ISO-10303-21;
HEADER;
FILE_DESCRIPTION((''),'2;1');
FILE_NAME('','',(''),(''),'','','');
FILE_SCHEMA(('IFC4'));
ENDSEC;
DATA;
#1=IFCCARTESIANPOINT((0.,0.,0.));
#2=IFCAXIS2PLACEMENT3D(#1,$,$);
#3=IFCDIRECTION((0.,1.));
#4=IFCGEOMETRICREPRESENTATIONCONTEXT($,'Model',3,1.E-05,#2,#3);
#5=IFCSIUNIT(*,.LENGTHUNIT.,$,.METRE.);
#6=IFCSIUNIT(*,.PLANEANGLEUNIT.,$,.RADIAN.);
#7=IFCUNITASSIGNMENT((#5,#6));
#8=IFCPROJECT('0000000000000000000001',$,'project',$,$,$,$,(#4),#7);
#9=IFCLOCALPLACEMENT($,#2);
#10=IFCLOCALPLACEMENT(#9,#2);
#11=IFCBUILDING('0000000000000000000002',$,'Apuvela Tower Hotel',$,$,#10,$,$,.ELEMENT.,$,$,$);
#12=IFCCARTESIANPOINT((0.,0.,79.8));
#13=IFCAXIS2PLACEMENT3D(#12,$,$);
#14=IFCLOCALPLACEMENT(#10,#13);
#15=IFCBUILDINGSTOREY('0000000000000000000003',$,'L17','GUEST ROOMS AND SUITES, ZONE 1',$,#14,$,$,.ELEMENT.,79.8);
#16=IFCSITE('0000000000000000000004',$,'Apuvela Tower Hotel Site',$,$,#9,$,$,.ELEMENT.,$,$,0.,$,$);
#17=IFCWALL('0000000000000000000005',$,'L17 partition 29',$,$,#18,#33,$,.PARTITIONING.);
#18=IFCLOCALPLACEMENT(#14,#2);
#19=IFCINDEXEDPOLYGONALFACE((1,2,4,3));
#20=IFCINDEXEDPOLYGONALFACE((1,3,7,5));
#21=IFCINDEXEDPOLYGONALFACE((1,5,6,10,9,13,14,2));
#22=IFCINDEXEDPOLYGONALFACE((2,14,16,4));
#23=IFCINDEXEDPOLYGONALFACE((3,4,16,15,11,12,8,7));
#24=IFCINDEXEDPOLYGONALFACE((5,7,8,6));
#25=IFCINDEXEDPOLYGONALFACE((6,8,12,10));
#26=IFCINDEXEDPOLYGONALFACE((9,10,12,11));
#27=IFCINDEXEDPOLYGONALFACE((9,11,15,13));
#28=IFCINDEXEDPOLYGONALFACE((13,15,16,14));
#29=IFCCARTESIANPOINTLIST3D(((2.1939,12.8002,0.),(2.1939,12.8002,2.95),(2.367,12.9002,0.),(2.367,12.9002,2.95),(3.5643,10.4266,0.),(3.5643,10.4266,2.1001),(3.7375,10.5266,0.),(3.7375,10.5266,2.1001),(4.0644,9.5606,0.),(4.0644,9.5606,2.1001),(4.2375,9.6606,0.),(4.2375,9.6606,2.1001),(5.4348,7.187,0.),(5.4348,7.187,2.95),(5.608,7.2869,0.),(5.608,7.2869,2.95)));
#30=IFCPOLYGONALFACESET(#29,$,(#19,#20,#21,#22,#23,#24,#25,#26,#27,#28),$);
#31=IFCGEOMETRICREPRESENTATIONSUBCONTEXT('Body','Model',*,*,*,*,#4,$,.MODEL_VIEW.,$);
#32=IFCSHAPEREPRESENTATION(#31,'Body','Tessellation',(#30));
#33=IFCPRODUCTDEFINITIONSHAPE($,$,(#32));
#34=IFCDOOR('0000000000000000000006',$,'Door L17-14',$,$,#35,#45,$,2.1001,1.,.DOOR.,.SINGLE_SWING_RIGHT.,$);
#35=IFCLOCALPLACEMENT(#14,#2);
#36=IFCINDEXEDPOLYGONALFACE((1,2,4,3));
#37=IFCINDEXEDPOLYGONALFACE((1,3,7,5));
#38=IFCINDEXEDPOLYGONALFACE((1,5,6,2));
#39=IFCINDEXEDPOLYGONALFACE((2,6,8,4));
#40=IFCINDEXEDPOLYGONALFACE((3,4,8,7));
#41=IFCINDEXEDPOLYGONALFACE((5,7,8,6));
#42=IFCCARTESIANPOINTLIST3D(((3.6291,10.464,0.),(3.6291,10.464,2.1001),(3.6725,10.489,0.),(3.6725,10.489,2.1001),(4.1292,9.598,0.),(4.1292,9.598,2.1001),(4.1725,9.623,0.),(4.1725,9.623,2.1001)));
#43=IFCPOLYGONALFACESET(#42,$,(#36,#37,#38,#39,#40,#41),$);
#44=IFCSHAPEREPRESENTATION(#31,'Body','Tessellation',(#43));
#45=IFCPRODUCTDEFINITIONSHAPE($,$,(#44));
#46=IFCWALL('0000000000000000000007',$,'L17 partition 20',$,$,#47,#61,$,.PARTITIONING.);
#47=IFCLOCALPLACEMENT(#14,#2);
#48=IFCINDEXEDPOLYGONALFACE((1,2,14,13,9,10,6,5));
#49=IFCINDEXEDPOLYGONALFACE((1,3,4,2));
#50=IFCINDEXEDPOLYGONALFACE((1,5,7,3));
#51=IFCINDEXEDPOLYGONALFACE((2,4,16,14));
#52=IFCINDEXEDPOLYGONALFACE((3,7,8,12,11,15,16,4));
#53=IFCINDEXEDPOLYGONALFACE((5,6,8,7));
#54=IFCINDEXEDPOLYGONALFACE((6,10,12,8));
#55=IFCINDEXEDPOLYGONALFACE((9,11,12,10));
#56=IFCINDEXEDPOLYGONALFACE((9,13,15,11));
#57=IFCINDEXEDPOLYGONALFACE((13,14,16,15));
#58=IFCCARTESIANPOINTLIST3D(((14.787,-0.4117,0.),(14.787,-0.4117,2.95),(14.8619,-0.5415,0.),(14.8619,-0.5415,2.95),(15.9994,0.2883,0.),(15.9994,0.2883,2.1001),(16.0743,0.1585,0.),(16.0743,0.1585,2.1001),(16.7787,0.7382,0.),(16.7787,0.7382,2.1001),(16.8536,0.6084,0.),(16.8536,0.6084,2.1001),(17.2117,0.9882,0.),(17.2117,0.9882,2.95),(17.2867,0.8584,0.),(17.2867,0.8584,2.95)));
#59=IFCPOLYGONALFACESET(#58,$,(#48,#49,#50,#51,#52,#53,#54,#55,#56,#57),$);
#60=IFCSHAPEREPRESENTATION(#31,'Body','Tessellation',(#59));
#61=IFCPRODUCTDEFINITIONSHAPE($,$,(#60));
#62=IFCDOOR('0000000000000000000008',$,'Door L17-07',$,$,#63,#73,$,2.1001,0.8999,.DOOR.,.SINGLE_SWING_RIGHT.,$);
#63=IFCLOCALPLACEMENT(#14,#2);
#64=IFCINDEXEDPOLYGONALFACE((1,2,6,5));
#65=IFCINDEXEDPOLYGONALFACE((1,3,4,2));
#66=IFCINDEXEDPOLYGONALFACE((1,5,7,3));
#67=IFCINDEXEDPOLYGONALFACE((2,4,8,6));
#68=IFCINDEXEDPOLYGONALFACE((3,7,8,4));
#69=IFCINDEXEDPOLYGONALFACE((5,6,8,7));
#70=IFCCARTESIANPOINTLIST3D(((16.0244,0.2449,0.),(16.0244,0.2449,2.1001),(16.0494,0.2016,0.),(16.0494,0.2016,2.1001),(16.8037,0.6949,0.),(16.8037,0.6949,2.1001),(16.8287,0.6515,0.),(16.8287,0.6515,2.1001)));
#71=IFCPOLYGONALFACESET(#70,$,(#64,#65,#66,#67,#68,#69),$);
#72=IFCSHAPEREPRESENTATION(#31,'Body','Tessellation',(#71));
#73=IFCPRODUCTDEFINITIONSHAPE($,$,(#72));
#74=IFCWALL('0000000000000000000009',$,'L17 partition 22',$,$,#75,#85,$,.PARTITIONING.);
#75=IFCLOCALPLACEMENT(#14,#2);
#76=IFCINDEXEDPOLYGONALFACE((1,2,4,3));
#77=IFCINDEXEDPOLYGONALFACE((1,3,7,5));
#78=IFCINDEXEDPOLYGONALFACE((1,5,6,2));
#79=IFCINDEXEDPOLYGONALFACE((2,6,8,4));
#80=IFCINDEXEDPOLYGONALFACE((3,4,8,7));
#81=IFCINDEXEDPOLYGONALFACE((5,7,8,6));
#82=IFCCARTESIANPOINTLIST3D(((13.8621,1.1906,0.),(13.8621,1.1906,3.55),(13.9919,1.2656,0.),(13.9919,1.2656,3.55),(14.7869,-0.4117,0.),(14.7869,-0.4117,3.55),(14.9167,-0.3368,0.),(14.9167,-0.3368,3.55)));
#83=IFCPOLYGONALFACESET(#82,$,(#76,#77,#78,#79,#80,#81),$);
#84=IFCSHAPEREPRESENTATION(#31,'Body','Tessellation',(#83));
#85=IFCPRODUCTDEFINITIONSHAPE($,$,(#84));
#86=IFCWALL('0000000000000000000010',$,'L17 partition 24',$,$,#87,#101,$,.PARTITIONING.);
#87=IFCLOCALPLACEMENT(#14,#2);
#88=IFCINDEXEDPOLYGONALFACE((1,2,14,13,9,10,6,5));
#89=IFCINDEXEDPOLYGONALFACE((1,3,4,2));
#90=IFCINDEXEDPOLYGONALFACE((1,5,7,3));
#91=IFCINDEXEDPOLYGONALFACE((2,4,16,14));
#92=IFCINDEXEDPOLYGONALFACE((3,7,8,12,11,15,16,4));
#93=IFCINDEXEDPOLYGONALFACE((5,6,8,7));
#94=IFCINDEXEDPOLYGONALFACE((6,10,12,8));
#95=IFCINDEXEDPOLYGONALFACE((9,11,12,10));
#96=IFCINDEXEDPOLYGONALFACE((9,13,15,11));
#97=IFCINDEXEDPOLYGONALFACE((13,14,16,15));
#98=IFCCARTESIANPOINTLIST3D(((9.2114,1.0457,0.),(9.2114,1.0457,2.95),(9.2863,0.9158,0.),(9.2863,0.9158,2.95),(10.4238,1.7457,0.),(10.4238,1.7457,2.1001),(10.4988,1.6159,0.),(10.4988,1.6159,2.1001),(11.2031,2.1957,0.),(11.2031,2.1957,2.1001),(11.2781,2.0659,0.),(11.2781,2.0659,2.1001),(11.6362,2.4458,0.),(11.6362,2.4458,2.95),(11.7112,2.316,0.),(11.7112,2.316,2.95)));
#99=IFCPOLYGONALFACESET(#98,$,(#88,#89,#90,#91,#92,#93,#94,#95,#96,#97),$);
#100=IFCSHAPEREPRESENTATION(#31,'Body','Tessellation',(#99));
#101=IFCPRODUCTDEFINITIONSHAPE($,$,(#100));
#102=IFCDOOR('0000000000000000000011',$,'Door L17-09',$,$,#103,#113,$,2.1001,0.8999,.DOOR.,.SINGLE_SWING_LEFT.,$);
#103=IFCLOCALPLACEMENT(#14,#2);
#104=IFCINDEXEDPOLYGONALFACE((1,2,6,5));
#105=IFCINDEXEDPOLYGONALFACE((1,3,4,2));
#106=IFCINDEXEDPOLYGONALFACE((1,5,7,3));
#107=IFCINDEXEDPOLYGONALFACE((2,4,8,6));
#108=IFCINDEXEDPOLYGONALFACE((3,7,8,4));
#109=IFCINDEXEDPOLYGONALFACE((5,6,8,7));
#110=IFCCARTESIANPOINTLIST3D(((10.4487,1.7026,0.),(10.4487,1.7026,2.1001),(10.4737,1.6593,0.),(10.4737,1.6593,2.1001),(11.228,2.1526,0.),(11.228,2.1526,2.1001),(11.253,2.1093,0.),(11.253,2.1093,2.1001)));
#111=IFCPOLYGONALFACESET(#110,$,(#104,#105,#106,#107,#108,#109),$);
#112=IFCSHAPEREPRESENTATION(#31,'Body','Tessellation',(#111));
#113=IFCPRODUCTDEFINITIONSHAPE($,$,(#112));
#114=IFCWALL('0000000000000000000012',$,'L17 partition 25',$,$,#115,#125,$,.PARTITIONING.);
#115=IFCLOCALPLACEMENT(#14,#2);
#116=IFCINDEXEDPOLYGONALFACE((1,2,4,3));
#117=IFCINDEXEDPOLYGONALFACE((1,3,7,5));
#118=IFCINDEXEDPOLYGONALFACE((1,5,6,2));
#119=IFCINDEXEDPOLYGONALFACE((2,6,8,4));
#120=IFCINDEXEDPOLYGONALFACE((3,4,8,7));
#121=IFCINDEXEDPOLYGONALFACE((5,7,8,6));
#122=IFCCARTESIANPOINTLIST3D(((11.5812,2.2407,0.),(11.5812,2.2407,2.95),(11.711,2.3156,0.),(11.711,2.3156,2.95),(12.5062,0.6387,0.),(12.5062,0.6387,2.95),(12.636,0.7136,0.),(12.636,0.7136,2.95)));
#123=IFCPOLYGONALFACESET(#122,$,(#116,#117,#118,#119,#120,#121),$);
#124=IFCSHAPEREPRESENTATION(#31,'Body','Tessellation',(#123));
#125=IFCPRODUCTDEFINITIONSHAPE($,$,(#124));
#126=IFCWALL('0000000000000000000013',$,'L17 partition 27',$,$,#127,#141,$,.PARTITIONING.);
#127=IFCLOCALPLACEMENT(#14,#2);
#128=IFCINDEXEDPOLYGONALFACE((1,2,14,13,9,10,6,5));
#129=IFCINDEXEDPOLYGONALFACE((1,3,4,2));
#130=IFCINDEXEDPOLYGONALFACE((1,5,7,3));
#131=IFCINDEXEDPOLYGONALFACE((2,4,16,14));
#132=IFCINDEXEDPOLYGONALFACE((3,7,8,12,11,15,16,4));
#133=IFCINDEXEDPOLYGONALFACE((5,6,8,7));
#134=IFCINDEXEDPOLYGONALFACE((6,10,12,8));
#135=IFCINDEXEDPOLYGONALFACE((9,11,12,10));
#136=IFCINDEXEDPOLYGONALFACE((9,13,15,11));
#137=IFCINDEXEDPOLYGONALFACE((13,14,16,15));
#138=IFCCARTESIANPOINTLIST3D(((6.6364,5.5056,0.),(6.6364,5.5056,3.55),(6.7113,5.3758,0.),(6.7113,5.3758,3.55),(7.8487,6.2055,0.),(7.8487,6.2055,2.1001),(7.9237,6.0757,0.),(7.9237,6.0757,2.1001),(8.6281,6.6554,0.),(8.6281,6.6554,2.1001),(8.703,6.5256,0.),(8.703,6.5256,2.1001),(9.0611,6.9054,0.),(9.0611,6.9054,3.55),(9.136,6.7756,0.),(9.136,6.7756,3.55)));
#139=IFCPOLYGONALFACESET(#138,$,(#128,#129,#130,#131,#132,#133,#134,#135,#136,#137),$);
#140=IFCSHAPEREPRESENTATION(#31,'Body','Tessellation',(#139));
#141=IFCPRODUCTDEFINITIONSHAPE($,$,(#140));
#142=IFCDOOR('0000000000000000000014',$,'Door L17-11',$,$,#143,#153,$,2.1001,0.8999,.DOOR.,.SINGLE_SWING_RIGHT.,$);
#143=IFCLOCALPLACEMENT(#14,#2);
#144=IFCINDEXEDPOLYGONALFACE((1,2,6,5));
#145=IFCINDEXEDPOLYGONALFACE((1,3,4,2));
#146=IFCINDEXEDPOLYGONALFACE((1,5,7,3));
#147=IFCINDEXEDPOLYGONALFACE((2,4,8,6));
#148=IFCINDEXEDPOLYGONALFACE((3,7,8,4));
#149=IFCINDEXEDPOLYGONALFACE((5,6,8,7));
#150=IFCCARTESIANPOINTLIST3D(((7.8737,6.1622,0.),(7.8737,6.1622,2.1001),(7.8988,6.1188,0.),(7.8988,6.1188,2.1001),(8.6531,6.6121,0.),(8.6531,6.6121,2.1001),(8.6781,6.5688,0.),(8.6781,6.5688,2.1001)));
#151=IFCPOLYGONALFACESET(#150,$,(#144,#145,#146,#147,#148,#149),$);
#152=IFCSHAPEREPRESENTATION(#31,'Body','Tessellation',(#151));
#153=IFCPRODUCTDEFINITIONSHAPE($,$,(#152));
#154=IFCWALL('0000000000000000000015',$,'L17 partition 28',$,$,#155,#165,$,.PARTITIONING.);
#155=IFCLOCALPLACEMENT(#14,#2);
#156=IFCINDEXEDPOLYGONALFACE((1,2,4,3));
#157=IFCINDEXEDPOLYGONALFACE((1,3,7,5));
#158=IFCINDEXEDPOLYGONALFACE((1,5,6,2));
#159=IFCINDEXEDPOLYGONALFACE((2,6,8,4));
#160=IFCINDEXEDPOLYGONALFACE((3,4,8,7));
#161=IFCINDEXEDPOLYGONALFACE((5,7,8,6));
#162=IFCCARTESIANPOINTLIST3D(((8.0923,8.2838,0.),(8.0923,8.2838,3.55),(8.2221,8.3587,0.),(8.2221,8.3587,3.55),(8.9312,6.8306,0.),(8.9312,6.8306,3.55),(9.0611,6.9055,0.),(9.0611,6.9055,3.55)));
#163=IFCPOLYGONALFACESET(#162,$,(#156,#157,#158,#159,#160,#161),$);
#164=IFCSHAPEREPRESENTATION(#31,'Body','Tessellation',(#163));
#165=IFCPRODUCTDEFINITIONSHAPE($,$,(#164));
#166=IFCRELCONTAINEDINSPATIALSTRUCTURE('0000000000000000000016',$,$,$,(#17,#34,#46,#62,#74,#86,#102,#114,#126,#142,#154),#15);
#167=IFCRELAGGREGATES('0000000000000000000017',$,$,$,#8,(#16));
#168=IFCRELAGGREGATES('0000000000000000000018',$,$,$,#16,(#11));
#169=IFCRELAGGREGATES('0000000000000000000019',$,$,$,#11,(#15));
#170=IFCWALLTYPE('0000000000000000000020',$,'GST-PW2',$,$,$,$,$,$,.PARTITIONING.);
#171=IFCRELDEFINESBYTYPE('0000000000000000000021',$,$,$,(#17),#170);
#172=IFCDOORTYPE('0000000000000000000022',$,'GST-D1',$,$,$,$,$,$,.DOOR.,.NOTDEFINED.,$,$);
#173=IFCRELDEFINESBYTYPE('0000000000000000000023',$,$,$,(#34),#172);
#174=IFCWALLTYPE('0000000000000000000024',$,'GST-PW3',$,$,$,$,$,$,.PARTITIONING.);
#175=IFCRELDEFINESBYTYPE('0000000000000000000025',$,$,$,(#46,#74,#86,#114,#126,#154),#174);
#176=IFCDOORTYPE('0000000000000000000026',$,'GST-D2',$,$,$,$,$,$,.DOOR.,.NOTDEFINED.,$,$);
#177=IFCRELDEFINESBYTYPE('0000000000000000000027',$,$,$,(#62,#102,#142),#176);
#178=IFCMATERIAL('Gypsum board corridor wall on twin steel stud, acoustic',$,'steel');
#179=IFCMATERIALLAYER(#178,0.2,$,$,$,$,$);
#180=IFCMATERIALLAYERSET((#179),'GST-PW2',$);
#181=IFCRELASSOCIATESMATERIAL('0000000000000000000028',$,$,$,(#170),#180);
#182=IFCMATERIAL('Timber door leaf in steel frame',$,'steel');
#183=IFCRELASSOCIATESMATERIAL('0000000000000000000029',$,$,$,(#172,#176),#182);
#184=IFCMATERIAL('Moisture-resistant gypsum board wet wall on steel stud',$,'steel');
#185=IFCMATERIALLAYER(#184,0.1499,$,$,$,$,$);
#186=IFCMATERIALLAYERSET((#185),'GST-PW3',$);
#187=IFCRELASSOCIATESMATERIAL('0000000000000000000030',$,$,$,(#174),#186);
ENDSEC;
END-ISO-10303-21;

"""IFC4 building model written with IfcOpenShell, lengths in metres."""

from ifc_helpers import new_model, si_unit, direction, frame, frame_2d, origin, place, context, subcontext, project, spatial, rectangle, extrude, material, layer, layer_set, type_object, element, fill, save


model = new_model("IFC4")

# Units and contexts
model_context = context("Model", 3, precision=1e-05, world=origin(), true_north=direction((0.0, 1.0)))
body_context = subcontext(model_context, "Body", "Model", "MODEL_VIEW")
ifc_project = project(units=[si_unit("LENGTHUNIT", "METRE"), si_unit("PLANEANGLEUNIT", "RADIAN")], contexts=[model_context])

# Site, building, storey
site_placement = place(None, origin())
site = spatial("IfcSite", under=ifc_project, at=site_placement, Name="Apuvela Tower Hotel Site", CompositionType="ELEMENT", RefElevation=0.0)
building_placement = place(site_placement, origin())
building = spatial("IfcBuilding", under=site, at=building_placement, Name="Apuvela Tower Hotel", CompositionType="ELEMENT")
storey_placement = place(building_placement, frame((0.0, 0.0, 79.8)))
storey = spatial("IfcBuildingStorey", under=building, at=storey_placement, Name="L17", Description="GUEST ROOMS AND SUITES, ZONE 1", CompositionType="ELEMENT", Elevation=79.8)

# Walls, openings, doors
ifc_material_1 = material(Name="Gypsum board corridor wall on twin steel stud, acoustic", Category="steel")
ifc_layer_1 = layer(ifc_material_1, 0.2)
ifc_layer_set_1 = layer_set([ifc_layer_1], Name="GST-PW2")
wall_type_1 = type_object("IfcWallType", Name="GST-PW2", PredefinedType="PARTITIONING", material=ifc_layer_set_1)
ifc_material_2 = material(Name="Timber door leaf in steel frame", Category="steel")
door_type_1 = type_object("IfcDoorType", Name="GST-D1", OperationType="NOTDEFINED", PredefinedType="DOOR", material=ifc_material_2)
wall_1_placement = place(storey_placement, frame((2.2805, 12.8501, 0.0), z_axis=(0.0, 0.0, 1.0), x_axis=(0.500016, -0.866016, 0.0)))
wall_1 = element("IfcWall", 1, at=wall_1_placement, inside=storey, type_object=wall_type_1, Name="L17 partition 29", PredefinedType="PARTITIONING", context=body_context, shape_type="SweptSolid", body=[
    extrude(rectangle(XDim=6.4817, YDim=0.2, at=frame_2d((3.2407, 0.0))), origin(), (0.0, 0.0, 1.0), 2.95),
])
opening_1_placement = place(wall_1_placement, frame((2.7407, 0.0, 0.0)))
opening_1 = element("IfcOpeningElement", 2, at=opening_1_placement, cuts=wall_1, PredefinedType="OPENING", context=body_context, shape_type="SweptSolid", body=[
    extrude(rectangle(XDim=1.0, YDim=2.1001, at=frame_2d((0.5, 1.05))), frame((0.0, 0.1099, 0.0), z_axis=(0.0, -1.0, 0.0), x_axis=(1.0, 0.0, 0.0)), (0.0, 0.0, 1.0), 0.22),
])
door_1_placement = place(opening_1_placement, origin())
door_1 = element("IfcDoor", 3, at=door_1_placement, inside=storey, type_object=door_type_1, Name="Door L17-14", OperationType="SINGLE_SWING_RIGHT", OverallHeight=2.1001, OverallWidth=1.0, PredefinedType="DOOR", context=body_context, shape_type="SweptSolid", body=[
    extrude(rectangle(XDim=1.0, YDim=2.1001, at=frame_2d((0.5, 1.05))), frame((0.0, 0.0249, 0.0), z_axis=(0.0, -1.0, 0.0), x_axis=(1.0, 0.0, 0.0)), (0.0, 0.0, 1.0), 0.05),
])
fill(opening_1, door_1)
ifc_material_3 = material(Name="Moisture-resistant gypsum board wet wall on steel stud", Category="steel")
ifc_layer_2 = layer(ifc_material_3, 0.1499)
ifc_layer_set_2 = layer_set([ifc_layer_2], Name="GST-PW3")
wall_type_2 = type_object("IfcWallType", Name="GST-PW3", PredefinedType="PARTITIONING", material=ifc_layer_set_2)
wall_2_placement = place(storey_placement, frame((14.8245, -0.4766, 0.0), z_axis=(0.0, 0.0, 1.0), x_axis=(0.866035, 0.499984, 0.0)))
wall_2 = element("IfcWall", 4, at=wall_2_placement, inside=storey, type_object=wall_type_2, Name="L17 partition 20", PredefinedType="PARTITIONING", context=body_context, shape_type="SweptSolid", body=[
    extrude(rectangle(XDim=2.7998, YDim=0.1499, at=frame_2d((1.3999, 0.0))), origin(), (0.0, 0.0, 1.0), 2.95),
])
opening_2_placement = place(wall_2_placement, frame((1.3999, 0.0, 0.0)))
opening_2 = element("IfcOpeningElement", 5, at=opening_2_placement, cuts=wall_2, PredefinedType="OPENING", context=body_context, shape_type="SweptSolid", body=[
    extrude(rectangle(XDim=0.8999, YDim=2.1001, at=frame_2d((0.45, 1.05))), frame((0.0, 0.085, 0.0), z_axis=(0.0, -1.0, 0.0), x_axis=(1.0, 0.0, 0.0)), (0.0, 0.0, 1.0), 0.1699),
])
door_type_2 = type_object("IfcDoorType", Name="GST-D2", OperationType="NOTDEFINED", PredefinedType="DOOR", material=ifc_material_2)
door_2_placement = place(opening_2_placement, origin())
door_2 = element("IfcDoor", 6, at=door_2_placement, inside=storey, type_object=door_type_2, Name="Door L17-07", OperationType="SINGLE_SWING_RIGHT", OverallHeight=2.1001, OverallWidth=0.8999, PredefinedType="DOOR", context=body_context, shape_type="SweptSolid", body=[
    extrude(rectangle(XDim=0.8999, YDim=2.1001, at=frame_2d((0.45, 1.05))), frame((0.0, 0.0249, 0.0), z_axis=(0.0, -1.0, 0.0), x_axis=(1.0, 0.0, 0.0)), (0.0, 0.0, 1.0), 0.05),
])
fill(opening_2, door_2)

# Wall
wall_3_placement = place(storey_placement, frame((14.8518, -0.3743, 0.0), z_axis=(0.0, 0.0, 1.0), x_axis=(-0.499886, 0.866091, 0.0)))
element("IfcWall", 7, at=wall_3_placement, inside=storey, type_object=wall_type_2, Name="L17 partition 22", PredefinedType="PARTITIONING", context=body_context, shape_type="SweptSolid", body=[
    extrude(rectangle(XDim=1.8501, YDim=0.1499, at=frame_2d((0.925, 0.0))), origin(), (0.0, 0.0, 1.0), 3.55),
])

# Wall, opening, door
wall_4_placement = place(storey_placement, frame((11.6736, 2.3809, 0.0), z_axis=(0.0, 0.0, 1.0), x_axis=(-0.865997, -0.50005, 0.0)))
wall_4 = element("IfcWall", 8, at=wall_4_placement, inside=storey, type_object=wall_type_2, Name="L17 partition 24", PredefinedType="PARTITIONING", context=body_context, shape_type="SweptSolid", body=[
    extrude(rectangle(XDim=2.8, YDim=0.1499, at=frame_2d((1.3999, 0.0))), origin(), (0.0, 0.0, 1.0), 2.95),
])
opening_3_placement = place(wall_4_placement, frame((0.5, 0.0, 0.0)))
opening_3 = element("IfcOpeningElement", 9, at=opening_3_placement, cuts=wall_4, PredefinedType="OPENING", context=body_context, shape_type="SweptSolid", body=[
    extrude(rectangle(XDim=0.8999, YDim=2.1001, at=frame_2d((0.45, 1.05))), frame((0.0, 0.085, 0.0), z_axis=(0.0, -1.0, 0.0), x_axis=(1.0, 0.0, 0.0)), (0.0, 0.0, 1.0), 0.1699),
])
door_3_placement = place(opening_3_placement, origin())
door_3 = element("IfcDoor", 10, at=door_3_placement, inside=storey, type_object=door_type_2, Name="Door L17-09", OperationType="SINGLE_SWING_LEFT", OverallHeight=2.1001, OverallWidth=0.8999, PredefinedType="DOOR", context=body_context, shape_type="SweptSolid", body=[
    extrude(rectangle(XDim=0.8999, YDim=2.1001, at=frame_2d((0.45, 1.05))), frame((0.0, 0.0249, 0.0), z_axis=(0.0, -1.0, 0.0), x_axis=(1.0, 0.0, 0.0)), (0.0, 0.0, 1.0), 0.05),
])
fill(opening_3, door_3)

# Wall
wall_5_placement = place(storey_placement, frame((12.571, 0.6763, 0.0), z_axis=(0.0, 0.0, 1.0), x_axis=(-0.500042, 0.866001, 0.0)))
element("IfcWall", 11, at=wall_5_placement, inside=storey, type_object=wall_type_2, Name="L17 partition 25", PredefinedType="PARTITIONING", context=body_context, shape_type="SweptSolid", body=[
    extrude(rectangle(XDim=1.8499, YDim=0.1499, at=frame_2d((0.9248, 0.0))), origin(), (0.0, 0.0, 1.0), 2.95),
])

# Wall, opening, door
wall_6_placement = place(storey_placement, frame((6.6738, 5.4407, 0.0), z_axis=(0.0, 0.0, 1.0), x_axis=(0.866035, 0.499984, 0.0)))
wall_6 = element("IfcWall", 12, at=wall_6_placement, inside=storey, type_object=wall_type_2, Name="L17 partition 27", PredefinedType="PARTITIONING", context=body_context, shape_type="SweptSolid", body=[
    extrude(rectangle(XDim=2.7998, YDim=0.1499, at=frame_2d((1.3999, 0.0))), origin(), (0.0, 0.0, 1.0), 3.55),
])
opening_4_placement = place(wall_6_placement, frame((1.3999, 0.0, 0.0)))
opening_4 = element("IfcOpeningElement", 13, at=opening_4_placement, cuts=wall_6, PredefinedType="OPENING", context=body_context, shape_type="SweptSolid", body=[
    extrude(rectangle(XDim=0.8999, YDim=2.1001, at=frame_2d((0.45, 1.05))), frame((0.0, 0.085, 0.0), z_axis=(0.0, -1.0, 0.0), x_axis=(1.0, 0.0, 0.0)), (0.0, 0.0, 1.0), 0.1699),
])
door_4_placement = place(opening_4_placement, origin())
door_4 = element("IfcDoor", 14, at=door_4_placement, inside=storey, type_object=door_type_2, Name="Door L17-11", OperationType="SINGLE_SWING_RIGHT", OverallHeight=2.1001, OverallWidth=0.8999, PredefinedType="DOOR", context=body_context, shape_type="SweptSolid", body=[
    extrude(rectangle(XDim=0.8999, YDim=2.1001, at=frame_2d((0.45, 1.05))), frame((0.0, 0.0249, 0.0), z_axis=(0.0, -1.0, 0.0), x_axis=(1.0, 0.0, 0.0)), (0.0, 0.0, 1.0), 0.05),
])
fill(opening_4, door_4)

# Wall
wall_7_placement = place(storey_placement, frame((8.9961, 6.8682, 0.0), z_axis=(0.0, 0.0, 1.0), x_axis=(-0.499958, 0.86605, 0.0)))
element("IfcWall", 15, at=wall_7_placement, inside=storey, type_object=wall_type_2, Name="L17 partition 28", PredefinedType="PARTITIONING", context=body_context, shape_type="SweptSolid", body=[
    extrude(rectangle(XDim=1.678, YDim=0.1499, at=frame_2d((0.8389, 0.0))), origin(), (0.0, 0.0, 1.0), 3.55),
])

save(model, "model.ifc")
